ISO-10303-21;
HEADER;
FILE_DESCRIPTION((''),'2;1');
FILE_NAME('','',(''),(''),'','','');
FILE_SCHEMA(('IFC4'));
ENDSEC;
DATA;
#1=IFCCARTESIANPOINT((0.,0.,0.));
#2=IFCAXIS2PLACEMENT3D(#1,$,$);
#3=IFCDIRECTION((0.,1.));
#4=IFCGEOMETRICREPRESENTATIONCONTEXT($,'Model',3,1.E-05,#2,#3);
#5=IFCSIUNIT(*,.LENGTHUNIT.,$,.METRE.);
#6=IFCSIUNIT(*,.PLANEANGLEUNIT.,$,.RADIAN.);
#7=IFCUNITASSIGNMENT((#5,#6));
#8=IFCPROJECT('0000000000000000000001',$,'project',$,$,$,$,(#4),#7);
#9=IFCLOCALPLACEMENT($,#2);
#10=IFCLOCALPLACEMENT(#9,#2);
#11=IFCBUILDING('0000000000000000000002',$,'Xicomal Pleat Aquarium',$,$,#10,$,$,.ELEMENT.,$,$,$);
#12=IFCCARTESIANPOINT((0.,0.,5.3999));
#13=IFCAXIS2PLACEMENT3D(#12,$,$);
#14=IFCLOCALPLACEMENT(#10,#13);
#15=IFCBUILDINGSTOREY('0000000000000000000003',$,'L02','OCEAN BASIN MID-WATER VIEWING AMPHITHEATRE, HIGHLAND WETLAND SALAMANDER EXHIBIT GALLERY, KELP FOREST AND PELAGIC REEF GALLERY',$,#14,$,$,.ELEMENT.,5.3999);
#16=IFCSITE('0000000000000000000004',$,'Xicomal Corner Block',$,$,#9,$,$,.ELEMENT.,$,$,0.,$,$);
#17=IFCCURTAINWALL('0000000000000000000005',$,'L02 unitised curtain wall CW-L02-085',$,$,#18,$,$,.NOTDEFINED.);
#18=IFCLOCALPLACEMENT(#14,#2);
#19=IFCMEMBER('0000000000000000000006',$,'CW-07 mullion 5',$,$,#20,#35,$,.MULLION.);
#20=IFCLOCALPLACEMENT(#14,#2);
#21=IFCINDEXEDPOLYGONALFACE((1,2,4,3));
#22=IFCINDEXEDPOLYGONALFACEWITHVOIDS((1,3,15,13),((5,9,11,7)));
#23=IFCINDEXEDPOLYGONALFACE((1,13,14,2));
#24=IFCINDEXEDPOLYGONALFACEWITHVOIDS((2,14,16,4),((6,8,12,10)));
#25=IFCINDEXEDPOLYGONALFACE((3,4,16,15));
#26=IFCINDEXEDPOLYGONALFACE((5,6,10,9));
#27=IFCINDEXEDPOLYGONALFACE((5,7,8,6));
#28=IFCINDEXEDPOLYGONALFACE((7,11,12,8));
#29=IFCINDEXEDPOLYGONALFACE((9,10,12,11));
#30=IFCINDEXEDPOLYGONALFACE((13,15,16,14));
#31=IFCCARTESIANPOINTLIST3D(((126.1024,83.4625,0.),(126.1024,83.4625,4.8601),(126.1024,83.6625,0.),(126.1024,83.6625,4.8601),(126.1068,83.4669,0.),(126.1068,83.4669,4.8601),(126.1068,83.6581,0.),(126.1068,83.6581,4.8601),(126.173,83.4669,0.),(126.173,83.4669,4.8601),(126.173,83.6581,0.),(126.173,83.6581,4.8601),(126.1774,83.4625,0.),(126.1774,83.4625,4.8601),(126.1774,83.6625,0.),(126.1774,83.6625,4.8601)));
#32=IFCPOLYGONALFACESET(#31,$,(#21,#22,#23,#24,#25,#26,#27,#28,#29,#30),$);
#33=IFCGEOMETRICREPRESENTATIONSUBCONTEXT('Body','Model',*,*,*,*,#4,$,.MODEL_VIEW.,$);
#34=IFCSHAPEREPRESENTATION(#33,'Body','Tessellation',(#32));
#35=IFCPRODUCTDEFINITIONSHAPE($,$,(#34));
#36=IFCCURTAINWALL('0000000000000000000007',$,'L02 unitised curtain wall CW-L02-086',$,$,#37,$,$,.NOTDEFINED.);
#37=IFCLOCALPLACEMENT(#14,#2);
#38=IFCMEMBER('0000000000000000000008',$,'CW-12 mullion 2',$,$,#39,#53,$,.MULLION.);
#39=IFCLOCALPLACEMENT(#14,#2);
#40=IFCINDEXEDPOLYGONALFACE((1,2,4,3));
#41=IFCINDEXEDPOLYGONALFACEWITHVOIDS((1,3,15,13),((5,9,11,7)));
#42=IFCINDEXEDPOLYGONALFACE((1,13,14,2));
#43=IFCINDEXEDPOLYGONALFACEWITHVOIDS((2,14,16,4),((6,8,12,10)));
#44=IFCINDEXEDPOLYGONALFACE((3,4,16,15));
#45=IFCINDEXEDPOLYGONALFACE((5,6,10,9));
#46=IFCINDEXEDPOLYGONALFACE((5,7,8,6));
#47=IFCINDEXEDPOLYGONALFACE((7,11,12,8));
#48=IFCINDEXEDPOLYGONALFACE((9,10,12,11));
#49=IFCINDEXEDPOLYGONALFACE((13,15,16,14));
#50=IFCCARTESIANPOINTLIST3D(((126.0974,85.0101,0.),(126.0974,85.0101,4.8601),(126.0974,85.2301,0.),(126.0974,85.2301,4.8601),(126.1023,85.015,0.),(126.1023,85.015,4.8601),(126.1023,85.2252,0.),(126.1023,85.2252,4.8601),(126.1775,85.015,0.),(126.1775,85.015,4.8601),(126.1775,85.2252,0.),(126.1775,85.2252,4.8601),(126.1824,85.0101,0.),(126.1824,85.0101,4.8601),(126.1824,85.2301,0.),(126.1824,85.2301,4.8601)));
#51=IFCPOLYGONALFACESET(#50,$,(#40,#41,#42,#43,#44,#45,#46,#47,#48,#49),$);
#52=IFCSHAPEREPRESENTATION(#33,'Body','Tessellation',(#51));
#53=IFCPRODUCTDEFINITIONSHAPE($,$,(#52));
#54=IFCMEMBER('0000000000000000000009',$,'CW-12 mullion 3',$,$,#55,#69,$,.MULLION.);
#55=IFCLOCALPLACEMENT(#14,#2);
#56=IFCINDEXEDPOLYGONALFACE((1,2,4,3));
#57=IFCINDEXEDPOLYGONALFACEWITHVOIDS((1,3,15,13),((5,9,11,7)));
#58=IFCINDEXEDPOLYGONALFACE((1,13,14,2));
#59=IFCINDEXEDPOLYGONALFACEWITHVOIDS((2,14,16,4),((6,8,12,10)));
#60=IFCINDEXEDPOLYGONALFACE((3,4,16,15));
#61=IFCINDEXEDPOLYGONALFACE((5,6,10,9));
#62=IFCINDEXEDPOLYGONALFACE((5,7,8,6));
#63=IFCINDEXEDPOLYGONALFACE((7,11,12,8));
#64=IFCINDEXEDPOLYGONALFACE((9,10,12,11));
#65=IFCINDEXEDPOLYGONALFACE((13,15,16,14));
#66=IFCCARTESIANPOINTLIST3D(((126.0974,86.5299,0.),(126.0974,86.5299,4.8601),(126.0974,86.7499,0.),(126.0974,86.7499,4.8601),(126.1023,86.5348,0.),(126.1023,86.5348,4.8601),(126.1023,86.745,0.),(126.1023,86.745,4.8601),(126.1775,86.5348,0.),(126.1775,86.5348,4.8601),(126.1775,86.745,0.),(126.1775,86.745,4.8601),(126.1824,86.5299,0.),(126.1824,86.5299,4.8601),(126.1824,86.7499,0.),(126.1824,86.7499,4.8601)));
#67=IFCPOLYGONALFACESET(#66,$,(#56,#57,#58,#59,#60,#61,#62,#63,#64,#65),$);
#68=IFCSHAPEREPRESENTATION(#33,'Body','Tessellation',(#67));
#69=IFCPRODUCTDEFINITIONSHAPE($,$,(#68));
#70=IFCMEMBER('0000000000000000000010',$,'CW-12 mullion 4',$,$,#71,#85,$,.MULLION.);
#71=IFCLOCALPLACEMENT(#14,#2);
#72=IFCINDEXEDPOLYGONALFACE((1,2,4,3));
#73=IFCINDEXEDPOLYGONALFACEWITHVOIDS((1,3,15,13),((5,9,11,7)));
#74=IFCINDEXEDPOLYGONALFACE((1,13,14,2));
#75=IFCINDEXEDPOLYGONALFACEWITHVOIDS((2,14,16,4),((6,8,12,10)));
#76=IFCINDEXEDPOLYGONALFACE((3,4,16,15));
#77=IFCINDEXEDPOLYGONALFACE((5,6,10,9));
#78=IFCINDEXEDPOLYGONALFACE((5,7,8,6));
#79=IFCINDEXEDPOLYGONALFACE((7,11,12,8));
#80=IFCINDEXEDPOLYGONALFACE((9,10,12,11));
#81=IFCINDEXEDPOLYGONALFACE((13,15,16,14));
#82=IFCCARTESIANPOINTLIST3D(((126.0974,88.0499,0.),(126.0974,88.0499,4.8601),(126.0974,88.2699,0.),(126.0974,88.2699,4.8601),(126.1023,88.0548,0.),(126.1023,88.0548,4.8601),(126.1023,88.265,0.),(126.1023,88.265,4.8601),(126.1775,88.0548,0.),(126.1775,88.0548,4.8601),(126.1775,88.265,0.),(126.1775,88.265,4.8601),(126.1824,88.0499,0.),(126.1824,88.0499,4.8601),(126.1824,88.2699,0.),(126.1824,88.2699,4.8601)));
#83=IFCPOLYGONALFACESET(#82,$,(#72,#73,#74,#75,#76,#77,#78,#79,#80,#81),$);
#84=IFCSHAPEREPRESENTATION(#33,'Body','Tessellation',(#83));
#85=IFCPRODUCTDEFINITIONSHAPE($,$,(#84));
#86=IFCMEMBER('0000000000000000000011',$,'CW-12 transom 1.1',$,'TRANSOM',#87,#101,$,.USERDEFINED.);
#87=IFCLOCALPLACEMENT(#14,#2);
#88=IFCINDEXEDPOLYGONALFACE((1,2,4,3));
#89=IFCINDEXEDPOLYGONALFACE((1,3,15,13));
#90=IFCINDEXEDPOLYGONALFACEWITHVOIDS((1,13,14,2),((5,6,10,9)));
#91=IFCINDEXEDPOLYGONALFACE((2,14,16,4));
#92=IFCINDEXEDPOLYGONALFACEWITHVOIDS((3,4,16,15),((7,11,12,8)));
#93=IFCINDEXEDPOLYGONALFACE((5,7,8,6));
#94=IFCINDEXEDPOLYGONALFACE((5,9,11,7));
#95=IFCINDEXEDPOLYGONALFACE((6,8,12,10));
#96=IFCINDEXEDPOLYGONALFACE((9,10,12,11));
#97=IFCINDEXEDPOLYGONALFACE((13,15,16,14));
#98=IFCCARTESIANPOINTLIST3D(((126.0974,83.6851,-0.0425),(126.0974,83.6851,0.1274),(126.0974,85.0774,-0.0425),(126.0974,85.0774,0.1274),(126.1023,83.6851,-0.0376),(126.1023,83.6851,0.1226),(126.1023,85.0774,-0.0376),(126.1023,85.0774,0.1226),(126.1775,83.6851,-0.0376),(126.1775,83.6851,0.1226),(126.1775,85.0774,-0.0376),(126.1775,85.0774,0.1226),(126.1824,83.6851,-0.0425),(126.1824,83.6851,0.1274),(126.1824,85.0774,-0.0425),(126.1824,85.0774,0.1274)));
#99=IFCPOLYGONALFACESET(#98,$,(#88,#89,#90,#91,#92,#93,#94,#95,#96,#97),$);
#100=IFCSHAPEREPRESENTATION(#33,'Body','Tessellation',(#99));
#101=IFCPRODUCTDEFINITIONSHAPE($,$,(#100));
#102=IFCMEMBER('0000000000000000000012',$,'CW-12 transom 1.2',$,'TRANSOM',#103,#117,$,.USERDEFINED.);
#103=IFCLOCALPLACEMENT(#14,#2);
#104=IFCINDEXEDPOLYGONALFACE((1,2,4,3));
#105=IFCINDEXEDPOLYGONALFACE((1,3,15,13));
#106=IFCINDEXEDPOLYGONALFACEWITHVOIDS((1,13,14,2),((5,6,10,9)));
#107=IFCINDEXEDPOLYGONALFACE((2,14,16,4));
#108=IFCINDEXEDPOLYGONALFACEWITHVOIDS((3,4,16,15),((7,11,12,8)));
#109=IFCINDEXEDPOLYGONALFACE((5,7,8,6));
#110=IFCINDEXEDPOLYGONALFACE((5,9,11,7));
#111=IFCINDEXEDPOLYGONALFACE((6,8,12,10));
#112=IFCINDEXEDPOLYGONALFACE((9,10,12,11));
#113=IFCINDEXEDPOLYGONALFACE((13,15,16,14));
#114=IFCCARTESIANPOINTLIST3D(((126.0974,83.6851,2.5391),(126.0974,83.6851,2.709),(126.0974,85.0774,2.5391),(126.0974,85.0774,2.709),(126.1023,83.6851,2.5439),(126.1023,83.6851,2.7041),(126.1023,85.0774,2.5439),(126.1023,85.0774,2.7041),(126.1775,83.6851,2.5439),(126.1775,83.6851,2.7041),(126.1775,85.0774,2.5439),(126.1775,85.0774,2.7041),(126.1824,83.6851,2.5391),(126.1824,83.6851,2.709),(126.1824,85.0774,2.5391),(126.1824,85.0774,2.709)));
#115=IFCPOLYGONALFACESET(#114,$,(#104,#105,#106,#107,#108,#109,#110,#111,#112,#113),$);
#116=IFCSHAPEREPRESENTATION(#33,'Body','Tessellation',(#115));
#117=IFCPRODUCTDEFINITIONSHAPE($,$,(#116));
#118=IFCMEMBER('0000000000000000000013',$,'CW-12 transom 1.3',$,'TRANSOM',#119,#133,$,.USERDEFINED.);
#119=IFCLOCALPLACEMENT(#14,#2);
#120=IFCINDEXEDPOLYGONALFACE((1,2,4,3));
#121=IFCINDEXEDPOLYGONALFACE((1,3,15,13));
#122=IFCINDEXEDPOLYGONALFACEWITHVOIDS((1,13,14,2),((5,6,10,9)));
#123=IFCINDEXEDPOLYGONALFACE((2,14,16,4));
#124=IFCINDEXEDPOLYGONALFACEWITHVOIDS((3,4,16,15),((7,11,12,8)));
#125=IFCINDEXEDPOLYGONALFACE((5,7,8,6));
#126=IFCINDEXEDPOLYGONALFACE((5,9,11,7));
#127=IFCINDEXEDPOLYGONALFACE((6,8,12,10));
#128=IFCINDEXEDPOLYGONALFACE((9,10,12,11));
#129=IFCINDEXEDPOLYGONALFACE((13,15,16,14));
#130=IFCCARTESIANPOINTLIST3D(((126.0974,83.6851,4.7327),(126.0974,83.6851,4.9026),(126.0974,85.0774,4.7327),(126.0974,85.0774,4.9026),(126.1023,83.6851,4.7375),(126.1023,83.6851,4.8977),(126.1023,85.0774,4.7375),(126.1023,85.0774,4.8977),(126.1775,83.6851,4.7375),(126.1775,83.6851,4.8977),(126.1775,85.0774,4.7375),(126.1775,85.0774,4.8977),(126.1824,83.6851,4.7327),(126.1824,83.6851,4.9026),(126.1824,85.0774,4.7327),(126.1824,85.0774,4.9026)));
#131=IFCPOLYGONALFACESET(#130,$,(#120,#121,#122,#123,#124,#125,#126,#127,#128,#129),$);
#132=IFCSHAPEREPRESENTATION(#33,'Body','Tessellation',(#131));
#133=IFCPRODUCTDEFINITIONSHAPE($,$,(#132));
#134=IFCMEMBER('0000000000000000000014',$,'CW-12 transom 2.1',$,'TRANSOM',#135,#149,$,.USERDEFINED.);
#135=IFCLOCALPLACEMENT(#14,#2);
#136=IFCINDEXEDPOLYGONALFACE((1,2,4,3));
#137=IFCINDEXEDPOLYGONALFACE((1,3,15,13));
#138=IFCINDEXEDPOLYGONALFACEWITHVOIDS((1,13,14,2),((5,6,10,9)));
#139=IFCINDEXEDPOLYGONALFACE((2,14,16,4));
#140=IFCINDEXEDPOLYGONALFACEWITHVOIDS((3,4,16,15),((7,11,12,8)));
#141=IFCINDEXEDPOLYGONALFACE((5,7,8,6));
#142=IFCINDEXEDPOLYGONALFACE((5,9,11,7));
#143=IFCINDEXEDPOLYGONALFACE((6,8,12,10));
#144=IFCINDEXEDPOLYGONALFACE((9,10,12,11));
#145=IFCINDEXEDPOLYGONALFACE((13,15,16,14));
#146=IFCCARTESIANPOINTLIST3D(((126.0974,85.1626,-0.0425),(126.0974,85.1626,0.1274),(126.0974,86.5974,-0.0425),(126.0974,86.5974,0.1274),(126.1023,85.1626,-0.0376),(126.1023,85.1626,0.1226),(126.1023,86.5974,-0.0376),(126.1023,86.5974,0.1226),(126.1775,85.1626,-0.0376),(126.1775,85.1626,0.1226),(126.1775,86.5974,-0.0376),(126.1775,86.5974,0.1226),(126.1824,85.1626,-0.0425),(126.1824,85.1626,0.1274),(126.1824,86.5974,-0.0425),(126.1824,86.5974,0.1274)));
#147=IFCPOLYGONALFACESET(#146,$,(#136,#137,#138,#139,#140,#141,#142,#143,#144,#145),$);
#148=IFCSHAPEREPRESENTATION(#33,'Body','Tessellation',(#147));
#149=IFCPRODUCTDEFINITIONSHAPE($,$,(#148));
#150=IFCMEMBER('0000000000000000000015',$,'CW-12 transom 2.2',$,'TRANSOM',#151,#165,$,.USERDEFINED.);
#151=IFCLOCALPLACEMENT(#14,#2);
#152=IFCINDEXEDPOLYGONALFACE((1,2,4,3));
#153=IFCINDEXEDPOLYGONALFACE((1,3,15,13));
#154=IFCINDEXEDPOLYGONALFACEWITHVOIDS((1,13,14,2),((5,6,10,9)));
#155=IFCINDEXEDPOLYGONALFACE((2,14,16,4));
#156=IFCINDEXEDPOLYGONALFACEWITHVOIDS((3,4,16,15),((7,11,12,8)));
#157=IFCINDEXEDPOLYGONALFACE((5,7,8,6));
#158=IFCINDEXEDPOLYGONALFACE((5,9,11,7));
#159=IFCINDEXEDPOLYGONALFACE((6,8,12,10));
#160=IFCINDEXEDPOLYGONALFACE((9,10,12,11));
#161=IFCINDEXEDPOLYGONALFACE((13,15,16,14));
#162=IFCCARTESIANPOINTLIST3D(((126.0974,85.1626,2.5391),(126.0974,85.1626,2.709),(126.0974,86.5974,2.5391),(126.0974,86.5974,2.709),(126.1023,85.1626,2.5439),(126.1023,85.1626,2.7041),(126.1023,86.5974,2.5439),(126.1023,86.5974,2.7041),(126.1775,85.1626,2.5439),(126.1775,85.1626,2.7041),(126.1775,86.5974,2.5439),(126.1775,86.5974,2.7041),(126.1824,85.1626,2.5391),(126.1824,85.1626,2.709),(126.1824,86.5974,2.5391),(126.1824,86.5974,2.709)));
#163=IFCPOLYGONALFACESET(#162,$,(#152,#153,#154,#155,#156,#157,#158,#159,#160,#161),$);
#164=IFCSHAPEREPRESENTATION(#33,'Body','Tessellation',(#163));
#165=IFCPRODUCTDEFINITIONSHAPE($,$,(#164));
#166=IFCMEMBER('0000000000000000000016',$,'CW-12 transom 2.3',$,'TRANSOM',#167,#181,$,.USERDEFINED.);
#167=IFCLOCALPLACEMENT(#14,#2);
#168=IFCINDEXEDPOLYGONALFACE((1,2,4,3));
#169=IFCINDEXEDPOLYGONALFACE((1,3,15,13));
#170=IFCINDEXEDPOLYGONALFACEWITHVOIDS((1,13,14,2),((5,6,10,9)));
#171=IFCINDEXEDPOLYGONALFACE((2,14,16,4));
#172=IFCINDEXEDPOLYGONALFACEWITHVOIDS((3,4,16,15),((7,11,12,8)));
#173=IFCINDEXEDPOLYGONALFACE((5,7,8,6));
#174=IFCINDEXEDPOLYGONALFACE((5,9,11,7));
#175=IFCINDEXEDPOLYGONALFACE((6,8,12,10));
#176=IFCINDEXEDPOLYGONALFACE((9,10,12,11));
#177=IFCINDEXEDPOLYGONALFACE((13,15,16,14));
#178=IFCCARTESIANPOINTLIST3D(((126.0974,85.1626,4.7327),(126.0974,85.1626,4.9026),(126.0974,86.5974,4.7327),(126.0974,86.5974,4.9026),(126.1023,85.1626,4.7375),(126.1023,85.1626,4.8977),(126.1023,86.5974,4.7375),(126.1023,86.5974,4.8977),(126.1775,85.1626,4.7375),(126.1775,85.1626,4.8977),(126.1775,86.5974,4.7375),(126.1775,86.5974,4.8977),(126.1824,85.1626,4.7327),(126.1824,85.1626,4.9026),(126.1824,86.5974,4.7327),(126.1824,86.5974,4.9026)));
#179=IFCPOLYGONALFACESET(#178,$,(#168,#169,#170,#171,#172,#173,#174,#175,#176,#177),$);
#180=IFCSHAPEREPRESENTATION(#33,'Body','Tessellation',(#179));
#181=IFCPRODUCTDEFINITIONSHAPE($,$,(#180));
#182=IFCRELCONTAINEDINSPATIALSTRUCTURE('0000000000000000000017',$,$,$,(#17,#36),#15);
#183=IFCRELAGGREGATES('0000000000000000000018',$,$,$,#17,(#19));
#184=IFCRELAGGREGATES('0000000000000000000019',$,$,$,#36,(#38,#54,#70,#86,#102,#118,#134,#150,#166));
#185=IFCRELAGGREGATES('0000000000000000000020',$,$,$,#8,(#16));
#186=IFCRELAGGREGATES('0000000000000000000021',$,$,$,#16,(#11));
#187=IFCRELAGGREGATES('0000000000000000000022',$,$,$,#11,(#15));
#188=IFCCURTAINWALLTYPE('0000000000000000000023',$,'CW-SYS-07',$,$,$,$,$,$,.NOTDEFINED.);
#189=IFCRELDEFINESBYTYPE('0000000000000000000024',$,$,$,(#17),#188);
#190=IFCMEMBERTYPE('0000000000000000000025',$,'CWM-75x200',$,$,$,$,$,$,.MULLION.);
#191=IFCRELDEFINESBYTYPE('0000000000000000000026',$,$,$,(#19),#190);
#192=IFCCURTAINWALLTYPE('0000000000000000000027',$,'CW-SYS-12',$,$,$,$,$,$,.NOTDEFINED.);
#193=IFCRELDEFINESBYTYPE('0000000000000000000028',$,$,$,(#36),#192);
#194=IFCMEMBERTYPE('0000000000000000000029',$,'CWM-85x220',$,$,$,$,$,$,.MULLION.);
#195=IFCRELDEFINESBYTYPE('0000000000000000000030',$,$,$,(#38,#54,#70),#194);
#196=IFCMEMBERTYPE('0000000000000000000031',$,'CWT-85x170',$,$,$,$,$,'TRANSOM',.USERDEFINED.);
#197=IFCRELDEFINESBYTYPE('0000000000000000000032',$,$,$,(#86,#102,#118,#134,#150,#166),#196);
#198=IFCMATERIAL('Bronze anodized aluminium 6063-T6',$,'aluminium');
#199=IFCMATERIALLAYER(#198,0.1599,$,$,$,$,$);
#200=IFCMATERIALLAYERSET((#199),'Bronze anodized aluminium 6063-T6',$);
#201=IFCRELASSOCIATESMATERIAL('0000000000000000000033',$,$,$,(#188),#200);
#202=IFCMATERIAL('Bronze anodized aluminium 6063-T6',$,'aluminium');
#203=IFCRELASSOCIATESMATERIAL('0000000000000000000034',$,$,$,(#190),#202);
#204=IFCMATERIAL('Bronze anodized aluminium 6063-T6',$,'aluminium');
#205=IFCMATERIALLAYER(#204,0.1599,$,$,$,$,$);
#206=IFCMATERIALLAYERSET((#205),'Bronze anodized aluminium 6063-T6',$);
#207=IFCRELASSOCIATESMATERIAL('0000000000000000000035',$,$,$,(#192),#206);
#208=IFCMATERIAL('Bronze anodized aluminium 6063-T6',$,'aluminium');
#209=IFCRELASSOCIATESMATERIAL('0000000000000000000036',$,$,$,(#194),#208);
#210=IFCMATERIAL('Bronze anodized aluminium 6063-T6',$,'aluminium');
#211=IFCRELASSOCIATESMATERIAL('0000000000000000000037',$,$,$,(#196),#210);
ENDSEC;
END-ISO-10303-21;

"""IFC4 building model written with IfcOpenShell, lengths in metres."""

from ifc_helpers import new_model, si_unit, direction, frame, origin, origin_2d, place, context, subcontext, project, spatial, hollow_rectangle, extrude, material, layer, layer_set, material_profile, profile_set, type_object, element, aggregate, save


model = new_model("IFC4")

# Units and contexts
model_context = context("Model", 3, precision=1e-05, world=origin(), true_north=direction((0.0, 1.0)))
body_context = subcontext(model_context, "Body", "Model", "MODEL_VIEW")
ifc_project = project(units=[si_unit("LENGTHUNIT", "METRE"), si_unit("PLANEANGLEUNIT", "RADIAN")], contexts=[model_context])

# Site, building, storey
site_placement = place(None, origin())
site = spatial("IfcSite", under=ifc_project, at=site_placement, Name="Xicomal Corner Block", CompositionType="ELEMENT", RefElevation=0.0)
building_placement = place(site_placement, origin())
building = spatial("IfcBuilding", under=site, at=building_placement, Name="Xicomal Pleat Aquarium", CompositionType="ELEMENT")
storey_placement = place(building_placement, frame((0.0, 0.0, 5.3999)))
storey = spatial("IfcBuildingStorey", under=building, at=storey_placement, Name="L02", Description="OCEAN BASIN MID-WATER VIEWING AMPHITHEATRE, HIGHLAND WETLAND SALAMANDER EXHIBIT GALLERY, KELP FOREST AND PELAGIC REEF GALLERY", CompositionType="ELEMENT", Elevation=5.3999)

# Curtain wall, member
ifc_material_1 = material(Name="Bronze anodized aluminium 6063-T6", Category="aluminium")
ifc_layer_1 = layer(ifc_material_1, 0.1599)
ifc_layer_set_1 = layer_set([ifc_layer_1], Name="Bronze anodized aluminium 6063-T6")
curtain_wall_type_1 = type_object("IfcCurtainWallType", Name="CW-SYS-07", PredefinedType="NOTDEFINED", material=ifc_layer_set_1)
curtain_wall_1_placement = place(storey_placement, origin())
curtain_wall_1 = element("IfcCurtainWall", 1, at=curtain_wall_1_placement, inside=storey, type_object=curtain_wall_type_1, Name="L02 unitised curtain wall CW-L02-085", PredefinedType="NOTDEFINED")
ifc_material_2 = material(Name="Bronze anodized aluminium 6063-T6", Category="aluminium")
ifc_material_profile_1 = material_profile(ifc_material_2, hollow_rectangle(XDim=0.075, YDim=0.2, WallThickness=0.0044, at=origin_2d()), Name="ALU MULL 75x200")
ifc_profile_set_1 = profile_set([ifc_material_profile_1], Name="Bronze anodized aluminium 6063-T6")
member_type_1 = type_object("IfcMemberType", Name="CWM-75x200", PredefinedType="MULLION", material=ifc_profile_set_1)
member_1_placement = place(storey_placement, frame((126.1399, 83.5625, 0.0), z_axis=(0.0, 0.0, 1.0), x_axis=(-1.0, 0.0, 0.0)))
member_1 = element("IfcMember", 2, at=member_1_placement, type_object=member_type_1, Name="CW-07 mullion 5", PredefinedType="MULLION", context=body_context, shape_type="SweptSolid", body=[
    extrude(hollow_rectangle(XDim=0.075, YDim=0.2, WallThickness=0.0044, at=origin_2d()), origin(), (0.0, 0.0, 1.0), 4.8601),
])
aggregate(curtain_wall_1, [member_1])

# Curtain wall, members
ifc_material_3 = material(Name="Bronze anodized aluminium 6063-T6", Category="aluminium")
ifc_layer_2 = layer(ifc_material_3, 0.1599)
ifc_layer_set_2 = layer_set([ifc_layer_2], Name="Bronze anodized aluminium 6063-T6")
curtain_wall_type_2 = type_object("IfcCurtainWallType", Name="CW-SYS-12", PredefinedType="NOTDEFINED", material=ifc_layer_set_2)
curtain_wall_2_placement = place(storey_placement, origin())
curtain_wall_2 = element("IfcCurtainWall", 3, at=curtain_wall_2_placement, inside=storey, type_object=curtain_wall_type_2, Name="L02 unitised curtain wall CW-L02-086", PredefinedType="NOTDEFINED")
ifc_material_4 = material(Name="Bronze anodized aluminium 6063-T6", Category="aluminium")
ifc_material_profile_2 = material_profile(ifc_material_4, hollow_rectangle(XDim=0.085, YDim=0.22, WallThickness=0.0049, at=origin_2d()), Name="ALU MULL 85x220")
ifc_profile_set_2 = profile_set([ifc_material_profile_2], Name="Bronze anodized aluminium 6063-T6")
member_type_2 = type_object("IfcMemberType", Name="CWM-85x220", PredefinedType="MULLION", material=ifc_profile_set_2)
member_2_placement = place(storey_placement, frame((126.1399, 85.1201, 0.0), z_axis=(0.0, 0.0, 1.0), x_axis=(-1.0, 0.0, 0.0)))
member_2 = element("IfcMember", 4, at=member_2_placement, type_object=member_type_2, Name="CW-12 mullion 2", PredefinedType="MULLION", context=body_context, shape_type="SweptSolid", body=[
    extrude(hollow_rectangle(XDim=0.085, YDim=0.22, WallThickness=0.0049, at=origin_2d()), origin(), (0.0, 0.0, 1.0), 4.8601),
])
member_3_placement = place(storey_placement, frame((126.1399, 86.6399, 0.0), z_axis=(0.0, 0.0, 1.0), x_axis=(-1.0, 0.0, 0.0)))
member_3 = element("IfcMember", 5, at=member_3_placement, type_object=member_type_2, Name="CW-12 mullion 3", PredefinedType="MULLION", context=body_context, shape_type="SweptSolid", body=[
    extrude(hollow_rectangle(XDim=0.085, YDim=0.22, WallThickness=0.0049, at=origin_2d()), origin(), (0.0, 0.0, 1.0), 4.8601),
])
member_4_placement = place(storey_placement, frame((126.1399, 88.1599, 0.0), z_axis=(0.0, 0.0, 1.0), x_axis=(-1.0, 0.0, 0.0)))
member_4 = element("IfcMember", 6, at=member_4_placement, type_object=member_type_2, Name="CW-12 mullion 4", PredefinedType="MULLION", context=body_context, shape_type="SweptSolid", body=[
    extrude(hollow_rectangle(XDim=0.085, YDim=0.22, WallThickness=0.0049, at=origin_2d()), origin(), (0.0, 0.0, 1.0), 4.8601),
])
ifc_material_5 = material(Name="Bronze anodized aluminium 6063-T6", Category="aluminium")
ifc_material_profile_3 = material_profile(ifc_material_5, hollow_rectangle(XDim=0.085, YDim=0.1699, WallThickness=0.0049, at=origin_2d()), Name="ALU TRAN 85x170")
ifc_profile_set_3 = profile_set([ifc_material_profile_3], Name="Bronze anodized aluminium 6063-T6")
member_type_3 = type_object("IfcMemberType", Name="CWT-85x170", ElementType="TRANSOM", PredefinedType="USERDEFINED", material=ifc_profile_set_3)
member_5_placement = place(storey_placement, frame((126.1399, 83.6851, 0.0425), z_axis=(0.0, 1.0, 0.0), x_axis=(-1.0, 0.0, 0.0)))
member_5 = element("IfcMember", 7, at=member_5_placement, type_object=member_type_3, Name="CW-12 transom 1.1", ObjectType="TRANSOM", PredefinedType="USERDEFINED", context=body_context, shape_type="SweptSolid", body=[
    extrude(hollow_rectangle(XDim=0.085, YDim=0.1699, WallThickness=0.0049, at=origin_2d()), origin(), (0.0, 0.0, 1.0), 1.3923),
])
member_6_placement = place(storey_placement, frame((126.1399, 83.6851, 2.624), z_axis=(0.0, 1.0, 0.0), x_axis=(-1.0, 0.0, 0.0)))
member_6 = element("IfcMember", 8, at=member_6_placement, type_object=member_type_3, Name="CW-12 transom 1.2", ObjectType="TRANSOM", PredefinedType="USERDEFINED", context=body_context, shape_type="SweptSolid", body=[
    extrude(hollow_rectangle(XDim=0.085, YDim=0.1699, WallThickness=0.0049, at=origin_2d()), origin(), (0.0, 0.0, 1.0), 1.3923),
])
member_7_placement = place(storey_placement, frame((126.1399, 83.6851, 4.8176), z_axis=(0.0, 1.0, 0.0), x_axis=(-1.0, 0.0, 0.0)))
member_7 = element("IfcMember", 9, at=member_7_placement, type_object=member_type_3, Name="CW-12 transom 1.3", ObjectType="TRANSOM", PredefinedType="USERDEFINED", context=body_context, shape_type="SweptSolid", body=[
    extrude(hollow_rectangle(XDim=0.085, YDim=0.1699, WallThickness=0.0049, at=origin_2d()), origin(), (0.0, 0.0, 1.0), 1.3923),
])
member_8_placement = place(storey_placement, frame((126.1399, 85.1626, 0.0425), z_axis=(0.0, 1.0, 0.0), x_axis=(-1.0, 0.0, 0.0)))
member_8 = element("IfcMember", 10, at=member_8_placement, type_object=member_type_3, Name="CW-12 transom 2.1", ObjectType="TRANSOM", PredefinedType="USERDEFINED", context=body_context, shape_type="SweptSolid", body=[
    extrude(hollow_rectangle(XDim=0.085, YDim=0.1699, WallThickness=0.0049, at=origin_2d()), origin(), (0.0, 0.0, 1.0), 1.4348),
])
member_9_placement = place(storey_placement, frame((126.1399, 85.1626, 2.624), z_axis=(0.0, 1.0, 0.0), x_axis=(-1.0, 0.0, 0.0)))
member_9 = element("IfcMember", 11, at=member_9_placement, type_object=member_type_3, Name="CW-12 transom 2.2", ObjectType="TRANSOM", PredefinedType="USERDEFINED", context=body_context, shape_type="SweptSolid", body=[
    extrude(hollow_rectangle(XDim=0.085, YDim=0.1699, WallThickness=0.0049, at=origin_2d()), origin(), (0.0, 0.0, 1.0), 1.4348),
])
member_10_placement = place(storey_placement, frame((126.1399, 85.1626, 4.8176), z_axis=(0.0, 1.0, 0.0), x_axis=(-1.0, 0.0, 0.0)))
member_10 = element("IfcMember", 12, at=member_10_placement, type_object=member_type_3, Name="CW-12 transom 2.3", ObjectType="TRANSOM", PredefinedType="USERDEFINED", context=body_context, shape_type="SweptSolid", body=[
    extrude(hollow_rectangle(XDim=0.085, YDim=0.1699, WallThickness=0.0049, at=origin_2d()), origin(), (0.0, 0.0, 1.0), 1.4348),
])
aggregate(curtain_wall_2, [member_2, member_3, member_4, member_5, member_6, member_7, member_8, member_9, member_10])

save(model, "model.ifc")
